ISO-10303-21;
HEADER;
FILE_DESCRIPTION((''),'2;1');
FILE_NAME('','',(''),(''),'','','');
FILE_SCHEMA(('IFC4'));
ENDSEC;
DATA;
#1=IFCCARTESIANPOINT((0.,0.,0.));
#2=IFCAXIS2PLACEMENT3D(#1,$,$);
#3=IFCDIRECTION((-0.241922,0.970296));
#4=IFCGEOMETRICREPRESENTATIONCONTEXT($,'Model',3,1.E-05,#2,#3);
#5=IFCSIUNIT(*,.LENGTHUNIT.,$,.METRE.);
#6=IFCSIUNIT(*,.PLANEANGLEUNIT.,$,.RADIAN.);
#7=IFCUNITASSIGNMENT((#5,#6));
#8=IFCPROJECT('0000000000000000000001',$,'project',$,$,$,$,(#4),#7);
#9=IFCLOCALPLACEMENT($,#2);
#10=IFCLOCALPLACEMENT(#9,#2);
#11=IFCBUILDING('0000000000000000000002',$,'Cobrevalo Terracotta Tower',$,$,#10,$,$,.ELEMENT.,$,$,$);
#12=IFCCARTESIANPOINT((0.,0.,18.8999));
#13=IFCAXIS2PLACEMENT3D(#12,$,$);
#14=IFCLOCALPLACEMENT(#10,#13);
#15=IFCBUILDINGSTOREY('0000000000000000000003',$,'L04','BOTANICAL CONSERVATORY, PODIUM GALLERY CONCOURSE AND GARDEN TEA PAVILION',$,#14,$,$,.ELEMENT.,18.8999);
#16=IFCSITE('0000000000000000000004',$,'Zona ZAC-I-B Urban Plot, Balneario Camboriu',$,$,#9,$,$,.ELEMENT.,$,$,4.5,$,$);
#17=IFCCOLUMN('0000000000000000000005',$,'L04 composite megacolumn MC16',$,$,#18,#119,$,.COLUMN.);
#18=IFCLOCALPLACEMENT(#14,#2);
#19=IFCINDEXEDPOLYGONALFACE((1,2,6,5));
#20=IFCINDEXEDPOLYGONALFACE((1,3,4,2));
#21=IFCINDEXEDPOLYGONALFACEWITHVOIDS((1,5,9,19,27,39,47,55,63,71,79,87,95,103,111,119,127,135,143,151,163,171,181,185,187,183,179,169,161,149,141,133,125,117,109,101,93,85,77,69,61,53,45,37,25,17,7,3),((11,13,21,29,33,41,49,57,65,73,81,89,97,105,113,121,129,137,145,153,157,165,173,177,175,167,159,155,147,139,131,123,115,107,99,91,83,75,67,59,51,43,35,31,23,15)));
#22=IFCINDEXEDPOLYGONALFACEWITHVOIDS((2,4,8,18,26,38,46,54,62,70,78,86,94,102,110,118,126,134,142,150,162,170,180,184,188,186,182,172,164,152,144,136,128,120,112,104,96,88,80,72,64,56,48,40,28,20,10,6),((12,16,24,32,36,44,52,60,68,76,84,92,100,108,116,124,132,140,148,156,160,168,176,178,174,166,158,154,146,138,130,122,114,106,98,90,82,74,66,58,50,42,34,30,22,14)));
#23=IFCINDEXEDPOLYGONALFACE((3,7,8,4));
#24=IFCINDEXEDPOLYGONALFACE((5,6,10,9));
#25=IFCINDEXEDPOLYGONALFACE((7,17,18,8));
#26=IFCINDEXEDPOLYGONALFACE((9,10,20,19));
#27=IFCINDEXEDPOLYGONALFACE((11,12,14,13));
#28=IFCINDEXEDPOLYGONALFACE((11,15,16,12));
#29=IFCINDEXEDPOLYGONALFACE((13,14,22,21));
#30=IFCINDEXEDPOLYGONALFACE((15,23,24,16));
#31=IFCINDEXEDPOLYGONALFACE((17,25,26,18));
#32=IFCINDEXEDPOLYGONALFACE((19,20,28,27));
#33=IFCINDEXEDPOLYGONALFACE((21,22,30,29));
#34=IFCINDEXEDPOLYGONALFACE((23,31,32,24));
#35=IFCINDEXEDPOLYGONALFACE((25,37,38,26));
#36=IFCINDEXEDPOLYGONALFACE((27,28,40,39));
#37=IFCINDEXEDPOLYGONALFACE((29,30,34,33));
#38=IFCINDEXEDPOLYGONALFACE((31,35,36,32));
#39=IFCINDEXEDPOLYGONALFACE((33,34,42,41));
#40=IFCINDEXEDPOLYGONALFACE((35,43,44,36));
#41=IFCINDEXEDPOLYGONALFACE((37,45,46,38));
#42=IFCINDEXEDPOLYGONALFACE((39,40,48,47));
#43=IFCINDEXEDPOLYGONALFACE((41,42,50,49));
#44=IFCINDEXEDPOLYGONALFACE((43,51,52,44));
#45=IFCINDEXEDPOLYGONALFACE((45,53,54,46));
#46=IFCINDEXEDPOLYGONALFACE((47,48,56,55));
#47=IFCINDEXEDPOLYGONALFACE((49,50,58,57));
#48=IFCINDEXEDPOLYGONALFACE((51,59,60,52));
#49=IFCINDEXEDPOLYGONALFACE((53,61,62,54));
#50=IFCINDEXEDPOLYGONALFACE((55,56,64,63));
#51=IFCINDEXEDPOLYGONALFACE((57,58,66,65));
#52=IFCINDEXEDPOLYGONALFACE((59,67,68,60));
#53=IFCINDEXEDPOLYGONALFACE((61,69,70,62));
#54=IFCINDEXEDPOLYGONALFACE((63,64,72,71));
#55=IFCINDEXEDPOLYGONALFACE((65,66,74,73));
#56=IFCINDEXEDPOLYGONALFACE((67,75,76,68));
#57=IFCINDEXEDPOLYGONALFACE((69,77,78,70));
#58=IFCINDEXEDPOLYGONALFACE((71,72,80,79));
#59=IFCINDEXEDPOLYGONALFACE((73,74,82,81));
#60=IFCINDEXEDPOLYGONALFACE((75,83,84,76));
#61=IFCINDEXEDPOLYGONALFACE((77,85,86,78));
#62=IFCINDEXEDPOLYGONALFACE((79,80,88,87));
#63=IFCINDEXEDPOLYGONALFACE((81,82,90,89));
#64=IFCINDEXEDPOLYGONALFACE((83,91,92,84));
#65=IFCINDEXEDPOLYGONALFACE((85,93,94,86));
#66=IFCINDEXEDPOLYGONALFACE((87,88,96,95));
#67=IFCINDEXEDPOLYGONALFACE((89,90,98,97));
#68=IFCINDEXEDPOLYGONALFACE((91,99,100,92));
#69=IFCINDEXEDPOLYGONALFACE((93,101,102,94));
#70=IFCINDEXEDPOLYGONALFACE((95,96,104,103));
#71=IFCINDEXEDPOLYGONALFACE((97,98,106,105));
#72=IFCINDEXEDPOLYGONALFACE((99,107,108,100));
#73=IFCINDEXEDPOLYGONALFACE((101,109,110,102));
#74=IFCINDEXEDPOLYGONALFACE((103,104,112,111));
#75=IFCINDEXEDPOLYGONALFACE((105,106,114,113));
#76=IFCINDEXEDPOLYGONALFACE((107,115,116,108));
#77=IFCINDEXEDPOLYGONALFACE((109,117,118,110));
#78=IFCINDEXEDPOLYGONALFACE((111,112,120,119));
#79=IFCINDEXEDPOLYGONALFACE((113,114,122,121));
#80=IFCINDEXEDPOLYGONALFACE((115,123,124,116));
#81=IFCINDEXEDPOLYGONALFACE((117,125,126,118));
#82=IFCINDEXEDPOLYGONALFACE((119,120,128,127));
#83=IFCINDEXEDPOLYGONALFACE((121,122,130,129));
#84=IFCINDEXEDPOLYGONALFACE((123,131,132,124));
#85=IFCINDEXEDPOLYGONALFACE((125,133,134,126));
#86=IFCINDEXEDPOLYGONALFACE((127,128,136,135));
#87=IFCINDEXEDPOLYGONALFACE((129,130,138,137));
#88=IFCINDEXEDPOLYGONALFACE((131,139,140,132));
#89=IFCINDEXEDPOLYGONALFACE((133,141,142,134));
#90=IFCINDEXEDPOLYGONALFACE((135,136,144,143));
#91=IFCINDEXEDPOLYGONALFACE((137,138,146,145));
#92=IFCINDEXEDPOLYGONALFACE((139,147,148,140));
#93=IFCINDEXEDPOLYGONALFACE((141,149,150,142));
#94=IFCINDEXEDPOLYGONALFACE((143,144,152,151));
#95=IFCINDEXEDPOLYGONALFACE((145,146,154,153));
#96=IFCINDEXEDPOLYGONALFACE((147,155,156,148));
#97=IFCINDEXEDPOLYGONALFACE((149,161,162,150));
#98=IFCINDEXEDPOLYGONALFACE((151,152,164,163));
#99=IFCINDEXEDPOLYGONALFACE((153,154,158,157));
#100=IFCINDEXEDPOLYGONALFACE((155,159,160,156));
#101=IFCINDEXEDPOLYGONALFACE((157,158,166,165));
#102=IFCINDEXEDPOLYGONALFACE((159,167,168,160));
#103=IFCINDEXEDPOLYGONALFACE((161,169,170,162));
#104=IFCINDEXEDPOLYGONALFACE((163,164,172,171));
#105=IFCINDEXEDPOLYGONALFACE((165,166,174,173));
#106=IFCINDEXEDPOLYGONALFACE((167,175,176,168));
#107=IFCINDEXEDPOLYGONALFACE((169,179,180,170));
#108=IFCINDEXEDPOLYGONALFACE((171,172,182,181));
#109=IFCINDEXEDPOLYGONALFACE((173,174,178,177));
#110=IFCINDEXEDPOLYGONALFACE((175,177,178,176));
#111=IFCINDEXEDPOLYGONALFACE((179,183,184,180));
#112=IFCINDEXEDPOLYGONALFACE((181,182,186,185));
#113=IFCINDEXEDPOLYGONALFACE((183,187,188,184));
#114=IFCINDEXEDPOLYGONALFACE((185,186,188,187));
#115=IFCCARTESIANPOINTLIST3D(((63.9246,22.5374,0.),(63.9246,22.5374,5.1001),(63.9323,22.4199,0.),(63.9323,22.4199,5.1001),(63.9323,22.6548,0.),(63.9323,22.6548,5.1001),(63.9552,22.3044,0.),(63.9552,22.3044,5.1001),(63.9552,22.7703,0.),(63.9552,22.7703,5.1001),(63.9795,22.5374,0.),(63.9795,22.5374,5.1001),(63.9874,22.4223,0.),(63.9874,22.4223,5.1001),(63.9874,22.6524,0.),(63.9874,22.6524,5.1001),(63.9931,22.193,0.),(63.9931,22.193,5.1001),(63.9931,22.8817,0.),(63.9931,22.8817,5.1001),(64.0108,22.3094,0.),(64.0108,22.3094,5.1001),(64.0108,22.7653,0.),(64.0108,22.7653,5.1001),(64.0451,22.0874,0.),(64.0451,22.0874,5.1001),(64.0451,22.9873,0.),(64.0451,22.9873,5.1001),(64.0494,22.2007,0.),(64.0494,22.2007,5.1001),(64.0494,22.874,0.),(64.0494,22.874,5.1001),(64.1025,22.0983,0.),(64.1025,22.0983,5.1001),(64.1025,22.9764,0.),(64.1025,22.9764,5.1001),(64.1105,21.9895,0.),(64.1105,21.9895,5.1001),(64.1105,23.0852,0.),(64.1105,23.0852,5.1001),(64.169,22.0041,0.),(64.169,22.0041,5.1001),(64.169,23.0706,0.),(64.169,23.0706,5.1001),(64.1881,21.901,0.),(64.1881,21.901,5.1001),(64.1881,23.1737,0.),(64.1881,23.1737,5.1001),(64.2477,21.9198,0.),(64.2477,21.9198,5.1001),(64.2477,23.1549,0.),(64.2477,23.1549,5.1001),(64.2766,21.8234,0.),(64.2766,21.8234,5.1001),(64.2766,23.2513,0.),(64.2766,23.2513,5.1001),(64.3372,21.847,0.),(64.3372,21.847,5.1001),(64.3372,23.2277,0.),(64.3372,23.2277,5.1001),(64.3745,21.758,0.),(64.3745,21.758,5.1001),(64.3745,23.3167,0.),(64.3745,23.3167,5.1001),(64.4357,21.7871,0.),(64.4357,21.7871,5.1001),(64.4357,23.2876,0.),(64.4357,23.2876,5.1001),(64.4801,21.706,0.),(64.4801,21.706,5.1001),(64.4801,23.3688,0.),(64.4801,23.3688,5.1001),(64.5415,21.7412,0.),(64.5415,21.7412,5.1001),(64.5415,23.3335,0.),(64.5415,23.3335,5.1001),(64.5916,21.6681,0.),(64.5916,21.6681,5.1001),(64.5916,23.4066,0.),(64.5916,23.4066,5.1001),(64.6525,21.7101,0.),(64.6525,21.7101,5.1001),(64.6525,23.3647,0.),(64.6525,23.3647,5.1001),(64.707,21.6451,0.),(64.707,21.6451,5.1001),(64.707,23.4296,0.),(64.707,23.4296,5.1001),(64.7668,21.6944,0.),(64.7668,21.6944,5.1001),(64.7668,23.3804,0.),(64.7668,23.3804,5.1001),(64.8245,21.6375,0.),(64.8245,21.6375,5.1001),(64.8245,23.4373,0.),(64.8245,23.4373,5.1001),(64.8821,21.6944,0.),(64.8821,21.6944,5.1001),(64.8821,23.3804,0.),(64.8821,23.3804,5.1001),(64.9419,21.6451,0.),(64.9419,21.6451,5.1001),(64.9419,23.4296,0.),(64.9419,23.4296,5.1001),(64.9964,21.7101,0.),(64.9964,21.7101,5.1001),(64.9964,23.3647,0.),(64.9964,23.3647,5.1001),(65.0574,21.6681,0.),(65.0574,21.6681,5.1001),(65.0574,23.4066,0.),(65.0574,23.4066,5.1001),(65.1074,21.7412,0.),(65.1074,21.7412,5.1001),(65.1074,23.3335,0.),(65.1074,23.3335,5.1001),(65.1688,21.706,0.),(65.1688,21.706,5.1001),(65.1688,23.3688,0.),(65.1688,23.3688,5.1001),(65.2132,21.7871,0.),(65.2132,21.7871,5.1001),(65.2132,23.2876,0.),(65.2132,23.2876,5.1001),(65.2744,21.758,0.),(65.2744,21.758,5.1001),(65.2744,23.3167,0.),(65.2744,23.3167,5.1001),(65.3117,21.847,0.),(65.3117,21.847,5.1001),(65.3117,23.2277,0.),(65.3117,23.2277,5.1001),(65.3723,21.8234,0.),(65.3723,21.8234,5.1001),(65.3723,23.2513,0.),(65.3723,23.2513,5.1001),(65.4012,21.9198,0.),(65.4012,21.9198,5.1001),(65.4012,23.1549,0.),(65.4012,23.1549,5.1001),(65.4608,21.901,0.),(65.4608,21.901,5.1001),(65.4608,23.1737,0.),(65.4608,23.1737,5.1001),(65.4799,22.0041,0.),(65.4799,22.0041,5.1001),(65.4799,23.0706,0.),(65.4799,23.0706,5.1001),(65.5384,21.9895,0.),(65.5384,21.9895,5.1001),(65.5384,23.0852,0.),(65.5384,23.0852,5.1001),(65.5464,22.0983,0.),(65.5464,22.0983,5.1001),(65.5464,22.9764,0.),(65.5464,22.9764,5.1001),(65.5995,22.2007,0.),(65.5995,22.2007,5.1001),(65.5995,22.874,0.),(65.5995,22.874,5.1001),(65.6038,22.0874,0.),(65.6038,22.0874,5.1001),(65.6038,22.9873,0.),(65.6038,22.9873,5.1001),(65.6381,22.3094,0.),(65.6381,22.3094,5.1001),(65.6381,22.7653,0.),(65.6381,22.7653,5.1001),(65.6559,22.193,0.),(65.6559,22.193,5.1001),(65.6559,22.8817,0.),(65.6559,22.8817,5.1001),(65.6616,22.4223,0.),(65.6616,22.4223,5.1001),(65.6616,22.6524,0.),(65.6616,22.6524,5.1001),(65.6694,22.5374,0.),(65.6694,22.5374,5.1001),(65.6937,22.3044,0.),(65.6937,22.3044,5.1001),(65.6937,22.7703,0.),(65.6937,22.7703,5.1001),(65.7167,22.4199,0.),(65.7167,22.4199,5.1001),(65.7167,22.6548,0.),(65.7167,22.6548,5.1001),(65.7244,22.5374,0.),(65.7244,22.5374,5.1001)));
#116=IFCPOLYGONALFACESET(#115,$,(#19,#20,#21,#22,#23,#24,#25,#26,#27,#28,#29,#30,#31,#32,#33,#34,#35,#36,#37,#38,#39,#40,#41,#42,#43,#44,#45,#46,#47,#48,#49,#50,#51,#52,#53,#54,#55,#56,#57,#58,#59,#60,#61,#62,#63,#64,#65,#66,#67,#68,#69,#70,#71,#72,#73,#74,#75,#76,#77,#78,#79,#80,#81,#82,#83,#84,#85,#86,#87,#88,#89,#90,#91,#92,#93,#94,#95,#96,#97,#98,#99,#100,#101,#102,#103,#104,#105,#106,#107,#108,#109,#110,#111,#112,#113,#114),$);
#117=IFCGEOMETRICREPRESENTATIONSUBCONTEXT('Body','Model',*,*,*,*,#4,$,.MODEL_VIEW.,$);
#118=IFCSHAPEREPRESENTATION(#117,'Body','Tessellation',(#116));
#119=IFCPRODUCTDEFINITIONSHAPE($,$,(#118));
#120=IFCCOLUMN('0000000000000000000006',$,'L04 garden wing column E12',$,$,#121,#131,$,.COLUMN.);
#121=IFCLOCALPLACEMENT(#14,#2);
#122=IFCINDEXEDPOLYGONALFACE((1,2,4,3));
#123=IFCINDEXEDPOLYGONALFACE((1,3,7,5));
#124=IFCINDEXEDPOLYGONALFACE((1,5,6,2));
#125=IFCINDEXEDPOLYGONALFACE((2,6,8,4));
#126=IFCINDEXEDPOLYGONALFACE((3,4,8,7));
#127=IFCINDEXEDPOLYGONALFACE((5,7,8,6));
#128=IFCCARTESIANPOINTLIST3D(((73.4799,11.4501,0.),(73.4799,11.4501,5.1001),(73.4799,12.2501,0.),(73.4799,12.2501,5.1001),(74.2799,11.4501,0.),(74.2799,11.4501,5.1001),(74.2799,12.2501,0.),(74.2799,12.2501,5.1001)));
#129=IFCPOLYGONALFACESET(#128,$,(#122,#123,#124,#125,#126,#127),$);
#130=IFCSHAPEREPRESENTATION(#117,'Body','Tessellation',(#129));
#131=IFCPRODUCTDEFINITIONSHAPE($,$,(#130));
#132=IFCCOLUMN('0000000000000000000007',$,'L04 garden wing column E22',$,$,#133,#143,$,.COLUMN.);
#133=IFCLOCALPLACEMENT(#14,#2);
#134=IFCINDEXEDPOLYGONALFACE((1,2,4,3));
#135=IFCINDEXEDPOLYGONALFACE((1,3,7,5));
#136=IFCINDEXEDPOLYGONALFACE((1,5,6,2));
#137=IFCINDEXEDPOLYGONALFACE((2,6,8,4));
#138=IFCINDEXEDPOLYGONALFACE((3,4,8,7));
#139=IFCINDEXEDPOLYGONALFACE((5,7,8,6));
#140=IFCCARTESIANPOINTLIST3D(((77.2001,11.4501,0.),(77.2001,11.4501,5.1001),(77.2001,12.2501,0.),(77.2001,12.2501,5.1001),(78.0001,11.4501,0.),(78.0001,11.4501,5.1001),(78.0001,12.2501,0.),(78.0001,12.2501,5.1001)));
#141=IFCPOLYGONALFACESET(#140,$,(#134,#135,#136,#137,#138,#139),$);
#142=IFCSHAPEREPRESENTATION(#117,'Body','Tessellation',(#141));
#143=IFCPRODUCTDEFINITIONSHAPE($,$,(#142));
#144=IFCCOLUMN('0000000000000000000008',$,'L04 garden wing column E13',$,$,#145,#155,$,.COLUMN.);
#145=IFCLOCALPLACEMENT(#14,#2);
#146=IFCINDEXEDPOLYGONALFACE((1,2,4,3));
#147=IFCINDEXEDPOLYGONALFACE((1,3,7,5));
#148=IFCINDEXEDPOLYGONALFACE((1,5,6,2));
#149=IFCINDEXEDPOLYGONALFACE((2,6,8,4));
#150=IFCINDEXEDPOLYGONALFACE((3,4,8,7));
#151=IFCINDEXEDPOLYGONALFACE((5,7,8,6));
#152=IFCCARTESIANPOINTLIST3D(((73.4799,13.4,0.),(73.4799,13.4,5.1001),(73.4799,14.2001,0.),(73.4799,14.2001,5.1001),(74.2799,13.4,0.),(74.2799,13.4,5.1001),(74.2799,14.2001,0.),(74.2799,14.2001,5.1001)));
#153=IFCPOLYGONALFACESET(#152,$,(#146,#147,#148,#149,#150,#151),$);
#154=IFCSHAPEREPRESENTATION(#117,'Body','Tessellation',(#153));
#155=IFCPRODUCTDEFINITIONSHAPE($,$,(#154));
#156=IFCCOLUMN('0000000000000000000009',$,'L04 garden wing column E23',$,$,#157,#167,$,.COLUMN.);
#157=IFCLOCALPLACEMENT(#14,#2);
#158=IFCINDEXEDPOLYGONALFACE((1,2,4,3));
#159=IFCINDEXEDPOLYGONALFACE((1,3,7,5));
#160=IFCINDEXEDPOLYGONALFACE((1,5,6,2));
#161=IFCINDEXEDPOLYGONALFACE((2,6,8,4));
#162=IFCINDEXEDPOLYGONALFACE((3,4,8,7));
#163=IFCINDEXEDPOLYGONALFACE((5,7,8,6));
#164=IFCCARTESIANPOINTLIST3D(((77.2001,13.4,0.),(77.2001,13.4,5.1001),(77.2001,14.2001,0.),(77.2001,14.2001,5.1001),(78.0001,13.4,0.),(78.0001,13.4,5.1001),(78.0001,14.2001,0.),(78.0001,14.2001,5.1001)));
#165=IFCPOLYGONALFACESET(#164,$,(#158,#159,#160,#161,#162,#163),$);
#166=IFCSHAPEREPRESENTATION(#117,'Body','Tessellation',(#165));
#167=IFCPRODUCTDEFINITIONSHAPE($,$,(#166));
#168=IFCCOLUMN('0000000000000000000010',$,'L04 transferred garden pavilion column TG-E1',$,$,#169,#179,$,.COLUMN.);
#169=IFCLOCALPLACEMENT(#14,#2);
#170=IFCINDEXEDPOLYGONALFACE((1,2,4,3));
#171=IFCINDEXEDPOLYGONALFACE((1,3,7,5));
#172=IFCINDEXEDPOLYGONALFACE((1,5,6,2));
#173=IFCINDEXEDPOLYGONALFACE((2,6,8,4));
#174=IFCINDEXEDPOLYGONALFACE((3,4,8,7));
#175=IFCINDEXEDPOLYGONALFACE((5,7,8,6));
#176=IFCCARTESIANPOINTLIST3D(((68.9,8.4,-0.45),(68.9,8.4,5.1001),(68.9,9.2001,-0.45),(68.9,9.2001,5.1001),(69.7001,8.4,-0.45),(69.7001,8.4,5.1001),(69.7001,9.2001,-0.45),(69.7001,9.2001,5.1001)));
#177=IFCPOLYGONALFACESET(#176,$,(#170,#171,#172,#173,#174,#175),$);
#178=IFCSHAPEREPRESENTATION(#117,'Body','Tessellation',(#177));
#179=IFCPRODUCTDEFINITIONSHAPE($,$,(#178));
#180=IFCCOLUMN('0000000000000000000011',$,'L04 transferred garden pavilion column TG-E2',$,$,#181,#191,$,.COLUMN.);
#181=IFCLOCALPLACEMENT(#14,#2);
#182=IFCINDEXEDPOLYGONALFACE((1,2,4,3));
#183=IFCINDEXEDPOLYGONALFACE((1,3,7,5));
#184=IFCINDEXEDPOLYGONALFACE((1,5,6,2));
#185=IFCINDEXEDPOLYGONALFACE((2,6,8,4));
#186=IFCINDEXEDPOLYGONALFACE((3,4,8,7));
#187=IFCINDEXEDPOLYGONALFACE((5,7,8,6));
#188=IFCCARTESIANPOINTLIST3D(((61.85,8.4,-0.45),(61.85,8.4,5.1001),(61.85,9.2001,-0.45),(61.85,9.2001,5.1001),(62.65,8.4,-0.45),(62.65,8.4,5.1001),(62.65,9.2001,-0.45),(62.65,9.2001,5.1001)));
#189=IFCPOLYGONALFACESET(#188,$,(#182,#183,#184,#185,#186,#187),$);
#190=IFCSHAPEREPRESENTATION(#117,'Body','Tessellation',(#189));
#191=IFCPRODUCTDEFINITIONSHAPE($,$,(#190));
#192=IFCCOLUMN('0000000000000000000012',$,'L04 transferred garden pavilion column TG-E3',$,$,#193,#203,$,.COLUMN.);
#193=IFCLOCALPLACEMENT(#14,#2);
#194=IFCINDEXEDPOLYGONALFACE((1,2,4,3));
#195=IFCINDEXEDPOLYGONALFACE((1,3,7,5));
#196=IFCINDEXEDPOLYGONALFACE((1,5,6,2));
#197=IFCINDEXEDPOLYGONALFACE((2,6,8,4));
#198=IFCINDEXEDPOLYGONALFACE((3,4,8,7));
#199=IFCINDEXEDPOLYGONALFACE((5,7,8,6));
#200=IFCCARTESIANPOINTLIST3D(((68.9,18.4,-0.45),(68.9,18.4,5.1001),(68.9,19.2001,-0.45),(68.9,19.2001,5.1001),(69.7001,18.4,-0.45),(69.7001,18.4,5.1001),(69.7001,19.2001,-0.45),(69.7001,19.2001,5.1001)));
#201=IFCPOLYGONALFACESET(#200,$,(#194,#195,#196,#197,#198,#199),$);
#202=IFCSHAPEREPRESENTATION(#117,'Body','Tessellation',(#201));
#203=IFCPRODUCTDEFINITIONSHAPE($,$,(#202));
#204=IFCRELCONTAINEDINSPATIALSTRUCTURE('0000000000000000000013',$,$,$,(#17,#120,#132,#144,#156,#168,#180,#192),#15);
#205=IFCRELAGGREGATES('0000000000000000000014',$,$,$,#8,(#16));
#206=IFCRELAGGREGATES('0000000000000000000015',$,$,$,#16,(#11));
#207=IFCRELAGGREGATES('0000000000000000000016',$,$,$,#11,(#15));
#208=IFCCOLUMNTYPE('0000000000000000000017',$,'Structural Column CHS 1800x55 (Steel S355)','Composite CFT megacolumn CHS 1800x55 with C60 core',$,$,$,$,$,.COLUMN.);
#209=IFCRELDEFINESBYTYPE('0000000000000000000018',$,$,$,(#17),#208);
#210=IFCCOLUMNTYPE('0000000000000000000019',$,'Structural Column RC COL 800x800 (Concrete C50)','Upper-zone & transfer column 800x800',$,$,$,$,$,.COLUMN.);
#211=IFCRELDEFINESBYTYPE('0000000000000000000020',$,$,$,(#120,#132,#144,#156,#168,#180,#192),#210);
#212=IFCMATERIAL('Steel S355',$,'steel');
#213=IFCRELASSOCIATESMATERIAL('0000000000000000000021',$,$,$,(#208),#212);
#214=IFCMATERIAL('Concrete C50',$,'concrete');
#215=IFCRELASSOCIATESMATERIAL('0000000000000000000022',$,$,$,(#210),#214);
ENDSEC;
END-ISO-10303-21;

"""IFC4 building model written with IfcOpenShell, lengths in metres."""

from ifc_helpers import new_model, si_unit, direction, frame, origin, origin_2d, place, context, subcontext, project, spatial, rectangle, hollow_circle, extrude, material, material_profile, profile_set, type_object, element, save


model = new_model("IFC4")

# Units and contexts
model_context = context("Model", 3, precision=1e-05, world=origin(), true_north=direction((-0.241922, 0.970296)))
body_context = subcontext(model_context, "Body", "Model", "MODEL_VIEW")
ifc_project = project(units=[si_unit("LENGTHUNIT", "METRE"), si_unit("PLANEANGLEUNIT", "RADIAN")], contexts=[model_context])

# Site, building, storey
site_placement = place(None, origin())
site = spatial("IfcSite", under=ifc_project, at=site_placement, Name="Zona ZAC-I-B Urban Plot, Balneario Camboriu", CompositionType="ELEMENT", RefElevation=4.5)
building_placement = place(site_placement, origin())
building = spatial("IfcBuilding", under=site, at=building_placement, Name="Cobrevalo Terracotta Tower", CompositionType="ELEMENT")
storey_placement = place(building_placement, frame((0.0, 0.0, 18.8999)))
storey = spatial("IfcBuildingStorey", under=building, at=storey_placement, Name="L04", Description="BOTANICAL CONSERVATORY, PODIUM GALLERY CONCOURSE AND GARDEN TEA PAVILION", CompositionType="ELEMENT", Elevation=18.8999)

# Columns
ifc_material_1 = material(Name="Steel S355", Category="steel")
ifc_material_profile_1 = material_profile(ifc_material_1, hollow_circle(Radius=0.8999, WallThickness=0.0549, at=origin_2d()), Name="CHS 1800x55")
ifc_profile_set_1 = profile_set([ifc_material_profile_1], Name="Steel S355")
column_type_1 = type_object("IfcColumnType", Name="Structural Column CHS 1800x55 (Steel S355)", Description="Composite CFT megacolumn CHS 1800x55 with C60 core", PredefinedType="COLUMN", material=ifc_profile_set_1)
for number, where, z_axis, x_axis, name in (
    (1, (64.8245, 22.5374, 0.0), (0.0, 0.0, 1.0), (1.0, 0.0, 0.0), "L04 composite megacolumn MC16"),
):
    element("IfcColumn", number, at=place(storey_placement, frame(where, z_axis=z_axis, x_axis=x_axis)), inside=storey, type_object=column_type_1, Name=name, PredefinedType="COLUMN", context=body_context, shape_type="SweptSolid", body=[
        extrude(hollow_circle(Radius=0.8999, WallThickness=0.0549, at=origin_2d()), origin(), (0.0, 0.0, 1.0), 5.1001),
    ])
ifc_material_2 = material(Name="Concrete C50", Category="concrete")
ifc_material_profile_2 = material_profile(ifc_material_2, rectangle(XDim=0.8, YDim=0.8, at=origin_2d()), Name="RC COL 800x800")
ifc_profile_set_2 = profile_set([ifc_material_profile_2], Name="Concrete C50")
column_type_2 = type_object("IfcColumnType", Name="Structural Column RC COL 800x800 (Concrete C50)", Description="Upper-zone & transfer column 800x800", PredefinedType="COLUMN", material=ifc_profile_set_2)
for number, where, z_axis, x_axis, name in (
    (2, (73.8799, 11.8501, 0.0), (0.0, 0.0, 1.0), (1.0, 0.0, 0.0), "L04 garden wing column E12"),
    (3, (77.6001, 11.8501, 0.0), (0.0, 0.0, 1.0), (1.0, 0.0, 0.0), "L04 garden wing column E22"),
    (4, (73.8799, 13.8, 0.0), (0.0, 0.0, 1.0), (1.0, 0.0, 0.0), "L04 garden wing column E13"),
    (5, (77.6001, 13.8, 0.0), (0.0, 0.0, 1.0), (1.0, 0.0, 0.0), "L04 garden wing column E23"),
):
    element("IfcColumn", number, at=place(storey_placement, frame(where, z_axis=z_axis, x_axis=x_axis)), inside=storey, type_object=column_type_2, Name=name, PredefinedType="COLUMN", context=body_context, shape_type="SweptSolid", body=[
        extrude(rectangle(XDim=0.8, YDim=0.8, at=origin_2d()), origin(), (0.0, 0.0, 1.0), 5.1001),
    ])
for number, where, z_axis, x_axis, name in (
    (6, (69.3, 8.8, -0.45), (0.0, 0.0, 1.0), (1.0, 0.0, 0.0), "L04 transferred garden pavilion column TG-E1"),
    (7, (62.25, 8.8, -0.45), (0.0, 0.0, 1.0), (1.0, 0.0, 0.0), "L04 transferred garden pavilion column TG-E2"),
    (8, (69.3, 18.8, -0.45), (0.0, 0.0, 1.0), (1.0, 0.0, 0.0), "L04 transferred garden pavilion column TG-E3"),
):
    element("IfcColumn", number, at=place(storey_placement, frame(where, z_axis=z_axis, x_axis=x_axis)), inside=storey, type_object=column_type_2, Name=name, PredefinedType="COLUMN", context=body_context, shape_type="SweptSolid", body=[
        extrude(rectangle(XDim=0.8, YDim=0.8, at=origin_2d()), origin(), (0.0, 0.0, 1.0), 5.55),
    ])

save(model, "model.ifc")
